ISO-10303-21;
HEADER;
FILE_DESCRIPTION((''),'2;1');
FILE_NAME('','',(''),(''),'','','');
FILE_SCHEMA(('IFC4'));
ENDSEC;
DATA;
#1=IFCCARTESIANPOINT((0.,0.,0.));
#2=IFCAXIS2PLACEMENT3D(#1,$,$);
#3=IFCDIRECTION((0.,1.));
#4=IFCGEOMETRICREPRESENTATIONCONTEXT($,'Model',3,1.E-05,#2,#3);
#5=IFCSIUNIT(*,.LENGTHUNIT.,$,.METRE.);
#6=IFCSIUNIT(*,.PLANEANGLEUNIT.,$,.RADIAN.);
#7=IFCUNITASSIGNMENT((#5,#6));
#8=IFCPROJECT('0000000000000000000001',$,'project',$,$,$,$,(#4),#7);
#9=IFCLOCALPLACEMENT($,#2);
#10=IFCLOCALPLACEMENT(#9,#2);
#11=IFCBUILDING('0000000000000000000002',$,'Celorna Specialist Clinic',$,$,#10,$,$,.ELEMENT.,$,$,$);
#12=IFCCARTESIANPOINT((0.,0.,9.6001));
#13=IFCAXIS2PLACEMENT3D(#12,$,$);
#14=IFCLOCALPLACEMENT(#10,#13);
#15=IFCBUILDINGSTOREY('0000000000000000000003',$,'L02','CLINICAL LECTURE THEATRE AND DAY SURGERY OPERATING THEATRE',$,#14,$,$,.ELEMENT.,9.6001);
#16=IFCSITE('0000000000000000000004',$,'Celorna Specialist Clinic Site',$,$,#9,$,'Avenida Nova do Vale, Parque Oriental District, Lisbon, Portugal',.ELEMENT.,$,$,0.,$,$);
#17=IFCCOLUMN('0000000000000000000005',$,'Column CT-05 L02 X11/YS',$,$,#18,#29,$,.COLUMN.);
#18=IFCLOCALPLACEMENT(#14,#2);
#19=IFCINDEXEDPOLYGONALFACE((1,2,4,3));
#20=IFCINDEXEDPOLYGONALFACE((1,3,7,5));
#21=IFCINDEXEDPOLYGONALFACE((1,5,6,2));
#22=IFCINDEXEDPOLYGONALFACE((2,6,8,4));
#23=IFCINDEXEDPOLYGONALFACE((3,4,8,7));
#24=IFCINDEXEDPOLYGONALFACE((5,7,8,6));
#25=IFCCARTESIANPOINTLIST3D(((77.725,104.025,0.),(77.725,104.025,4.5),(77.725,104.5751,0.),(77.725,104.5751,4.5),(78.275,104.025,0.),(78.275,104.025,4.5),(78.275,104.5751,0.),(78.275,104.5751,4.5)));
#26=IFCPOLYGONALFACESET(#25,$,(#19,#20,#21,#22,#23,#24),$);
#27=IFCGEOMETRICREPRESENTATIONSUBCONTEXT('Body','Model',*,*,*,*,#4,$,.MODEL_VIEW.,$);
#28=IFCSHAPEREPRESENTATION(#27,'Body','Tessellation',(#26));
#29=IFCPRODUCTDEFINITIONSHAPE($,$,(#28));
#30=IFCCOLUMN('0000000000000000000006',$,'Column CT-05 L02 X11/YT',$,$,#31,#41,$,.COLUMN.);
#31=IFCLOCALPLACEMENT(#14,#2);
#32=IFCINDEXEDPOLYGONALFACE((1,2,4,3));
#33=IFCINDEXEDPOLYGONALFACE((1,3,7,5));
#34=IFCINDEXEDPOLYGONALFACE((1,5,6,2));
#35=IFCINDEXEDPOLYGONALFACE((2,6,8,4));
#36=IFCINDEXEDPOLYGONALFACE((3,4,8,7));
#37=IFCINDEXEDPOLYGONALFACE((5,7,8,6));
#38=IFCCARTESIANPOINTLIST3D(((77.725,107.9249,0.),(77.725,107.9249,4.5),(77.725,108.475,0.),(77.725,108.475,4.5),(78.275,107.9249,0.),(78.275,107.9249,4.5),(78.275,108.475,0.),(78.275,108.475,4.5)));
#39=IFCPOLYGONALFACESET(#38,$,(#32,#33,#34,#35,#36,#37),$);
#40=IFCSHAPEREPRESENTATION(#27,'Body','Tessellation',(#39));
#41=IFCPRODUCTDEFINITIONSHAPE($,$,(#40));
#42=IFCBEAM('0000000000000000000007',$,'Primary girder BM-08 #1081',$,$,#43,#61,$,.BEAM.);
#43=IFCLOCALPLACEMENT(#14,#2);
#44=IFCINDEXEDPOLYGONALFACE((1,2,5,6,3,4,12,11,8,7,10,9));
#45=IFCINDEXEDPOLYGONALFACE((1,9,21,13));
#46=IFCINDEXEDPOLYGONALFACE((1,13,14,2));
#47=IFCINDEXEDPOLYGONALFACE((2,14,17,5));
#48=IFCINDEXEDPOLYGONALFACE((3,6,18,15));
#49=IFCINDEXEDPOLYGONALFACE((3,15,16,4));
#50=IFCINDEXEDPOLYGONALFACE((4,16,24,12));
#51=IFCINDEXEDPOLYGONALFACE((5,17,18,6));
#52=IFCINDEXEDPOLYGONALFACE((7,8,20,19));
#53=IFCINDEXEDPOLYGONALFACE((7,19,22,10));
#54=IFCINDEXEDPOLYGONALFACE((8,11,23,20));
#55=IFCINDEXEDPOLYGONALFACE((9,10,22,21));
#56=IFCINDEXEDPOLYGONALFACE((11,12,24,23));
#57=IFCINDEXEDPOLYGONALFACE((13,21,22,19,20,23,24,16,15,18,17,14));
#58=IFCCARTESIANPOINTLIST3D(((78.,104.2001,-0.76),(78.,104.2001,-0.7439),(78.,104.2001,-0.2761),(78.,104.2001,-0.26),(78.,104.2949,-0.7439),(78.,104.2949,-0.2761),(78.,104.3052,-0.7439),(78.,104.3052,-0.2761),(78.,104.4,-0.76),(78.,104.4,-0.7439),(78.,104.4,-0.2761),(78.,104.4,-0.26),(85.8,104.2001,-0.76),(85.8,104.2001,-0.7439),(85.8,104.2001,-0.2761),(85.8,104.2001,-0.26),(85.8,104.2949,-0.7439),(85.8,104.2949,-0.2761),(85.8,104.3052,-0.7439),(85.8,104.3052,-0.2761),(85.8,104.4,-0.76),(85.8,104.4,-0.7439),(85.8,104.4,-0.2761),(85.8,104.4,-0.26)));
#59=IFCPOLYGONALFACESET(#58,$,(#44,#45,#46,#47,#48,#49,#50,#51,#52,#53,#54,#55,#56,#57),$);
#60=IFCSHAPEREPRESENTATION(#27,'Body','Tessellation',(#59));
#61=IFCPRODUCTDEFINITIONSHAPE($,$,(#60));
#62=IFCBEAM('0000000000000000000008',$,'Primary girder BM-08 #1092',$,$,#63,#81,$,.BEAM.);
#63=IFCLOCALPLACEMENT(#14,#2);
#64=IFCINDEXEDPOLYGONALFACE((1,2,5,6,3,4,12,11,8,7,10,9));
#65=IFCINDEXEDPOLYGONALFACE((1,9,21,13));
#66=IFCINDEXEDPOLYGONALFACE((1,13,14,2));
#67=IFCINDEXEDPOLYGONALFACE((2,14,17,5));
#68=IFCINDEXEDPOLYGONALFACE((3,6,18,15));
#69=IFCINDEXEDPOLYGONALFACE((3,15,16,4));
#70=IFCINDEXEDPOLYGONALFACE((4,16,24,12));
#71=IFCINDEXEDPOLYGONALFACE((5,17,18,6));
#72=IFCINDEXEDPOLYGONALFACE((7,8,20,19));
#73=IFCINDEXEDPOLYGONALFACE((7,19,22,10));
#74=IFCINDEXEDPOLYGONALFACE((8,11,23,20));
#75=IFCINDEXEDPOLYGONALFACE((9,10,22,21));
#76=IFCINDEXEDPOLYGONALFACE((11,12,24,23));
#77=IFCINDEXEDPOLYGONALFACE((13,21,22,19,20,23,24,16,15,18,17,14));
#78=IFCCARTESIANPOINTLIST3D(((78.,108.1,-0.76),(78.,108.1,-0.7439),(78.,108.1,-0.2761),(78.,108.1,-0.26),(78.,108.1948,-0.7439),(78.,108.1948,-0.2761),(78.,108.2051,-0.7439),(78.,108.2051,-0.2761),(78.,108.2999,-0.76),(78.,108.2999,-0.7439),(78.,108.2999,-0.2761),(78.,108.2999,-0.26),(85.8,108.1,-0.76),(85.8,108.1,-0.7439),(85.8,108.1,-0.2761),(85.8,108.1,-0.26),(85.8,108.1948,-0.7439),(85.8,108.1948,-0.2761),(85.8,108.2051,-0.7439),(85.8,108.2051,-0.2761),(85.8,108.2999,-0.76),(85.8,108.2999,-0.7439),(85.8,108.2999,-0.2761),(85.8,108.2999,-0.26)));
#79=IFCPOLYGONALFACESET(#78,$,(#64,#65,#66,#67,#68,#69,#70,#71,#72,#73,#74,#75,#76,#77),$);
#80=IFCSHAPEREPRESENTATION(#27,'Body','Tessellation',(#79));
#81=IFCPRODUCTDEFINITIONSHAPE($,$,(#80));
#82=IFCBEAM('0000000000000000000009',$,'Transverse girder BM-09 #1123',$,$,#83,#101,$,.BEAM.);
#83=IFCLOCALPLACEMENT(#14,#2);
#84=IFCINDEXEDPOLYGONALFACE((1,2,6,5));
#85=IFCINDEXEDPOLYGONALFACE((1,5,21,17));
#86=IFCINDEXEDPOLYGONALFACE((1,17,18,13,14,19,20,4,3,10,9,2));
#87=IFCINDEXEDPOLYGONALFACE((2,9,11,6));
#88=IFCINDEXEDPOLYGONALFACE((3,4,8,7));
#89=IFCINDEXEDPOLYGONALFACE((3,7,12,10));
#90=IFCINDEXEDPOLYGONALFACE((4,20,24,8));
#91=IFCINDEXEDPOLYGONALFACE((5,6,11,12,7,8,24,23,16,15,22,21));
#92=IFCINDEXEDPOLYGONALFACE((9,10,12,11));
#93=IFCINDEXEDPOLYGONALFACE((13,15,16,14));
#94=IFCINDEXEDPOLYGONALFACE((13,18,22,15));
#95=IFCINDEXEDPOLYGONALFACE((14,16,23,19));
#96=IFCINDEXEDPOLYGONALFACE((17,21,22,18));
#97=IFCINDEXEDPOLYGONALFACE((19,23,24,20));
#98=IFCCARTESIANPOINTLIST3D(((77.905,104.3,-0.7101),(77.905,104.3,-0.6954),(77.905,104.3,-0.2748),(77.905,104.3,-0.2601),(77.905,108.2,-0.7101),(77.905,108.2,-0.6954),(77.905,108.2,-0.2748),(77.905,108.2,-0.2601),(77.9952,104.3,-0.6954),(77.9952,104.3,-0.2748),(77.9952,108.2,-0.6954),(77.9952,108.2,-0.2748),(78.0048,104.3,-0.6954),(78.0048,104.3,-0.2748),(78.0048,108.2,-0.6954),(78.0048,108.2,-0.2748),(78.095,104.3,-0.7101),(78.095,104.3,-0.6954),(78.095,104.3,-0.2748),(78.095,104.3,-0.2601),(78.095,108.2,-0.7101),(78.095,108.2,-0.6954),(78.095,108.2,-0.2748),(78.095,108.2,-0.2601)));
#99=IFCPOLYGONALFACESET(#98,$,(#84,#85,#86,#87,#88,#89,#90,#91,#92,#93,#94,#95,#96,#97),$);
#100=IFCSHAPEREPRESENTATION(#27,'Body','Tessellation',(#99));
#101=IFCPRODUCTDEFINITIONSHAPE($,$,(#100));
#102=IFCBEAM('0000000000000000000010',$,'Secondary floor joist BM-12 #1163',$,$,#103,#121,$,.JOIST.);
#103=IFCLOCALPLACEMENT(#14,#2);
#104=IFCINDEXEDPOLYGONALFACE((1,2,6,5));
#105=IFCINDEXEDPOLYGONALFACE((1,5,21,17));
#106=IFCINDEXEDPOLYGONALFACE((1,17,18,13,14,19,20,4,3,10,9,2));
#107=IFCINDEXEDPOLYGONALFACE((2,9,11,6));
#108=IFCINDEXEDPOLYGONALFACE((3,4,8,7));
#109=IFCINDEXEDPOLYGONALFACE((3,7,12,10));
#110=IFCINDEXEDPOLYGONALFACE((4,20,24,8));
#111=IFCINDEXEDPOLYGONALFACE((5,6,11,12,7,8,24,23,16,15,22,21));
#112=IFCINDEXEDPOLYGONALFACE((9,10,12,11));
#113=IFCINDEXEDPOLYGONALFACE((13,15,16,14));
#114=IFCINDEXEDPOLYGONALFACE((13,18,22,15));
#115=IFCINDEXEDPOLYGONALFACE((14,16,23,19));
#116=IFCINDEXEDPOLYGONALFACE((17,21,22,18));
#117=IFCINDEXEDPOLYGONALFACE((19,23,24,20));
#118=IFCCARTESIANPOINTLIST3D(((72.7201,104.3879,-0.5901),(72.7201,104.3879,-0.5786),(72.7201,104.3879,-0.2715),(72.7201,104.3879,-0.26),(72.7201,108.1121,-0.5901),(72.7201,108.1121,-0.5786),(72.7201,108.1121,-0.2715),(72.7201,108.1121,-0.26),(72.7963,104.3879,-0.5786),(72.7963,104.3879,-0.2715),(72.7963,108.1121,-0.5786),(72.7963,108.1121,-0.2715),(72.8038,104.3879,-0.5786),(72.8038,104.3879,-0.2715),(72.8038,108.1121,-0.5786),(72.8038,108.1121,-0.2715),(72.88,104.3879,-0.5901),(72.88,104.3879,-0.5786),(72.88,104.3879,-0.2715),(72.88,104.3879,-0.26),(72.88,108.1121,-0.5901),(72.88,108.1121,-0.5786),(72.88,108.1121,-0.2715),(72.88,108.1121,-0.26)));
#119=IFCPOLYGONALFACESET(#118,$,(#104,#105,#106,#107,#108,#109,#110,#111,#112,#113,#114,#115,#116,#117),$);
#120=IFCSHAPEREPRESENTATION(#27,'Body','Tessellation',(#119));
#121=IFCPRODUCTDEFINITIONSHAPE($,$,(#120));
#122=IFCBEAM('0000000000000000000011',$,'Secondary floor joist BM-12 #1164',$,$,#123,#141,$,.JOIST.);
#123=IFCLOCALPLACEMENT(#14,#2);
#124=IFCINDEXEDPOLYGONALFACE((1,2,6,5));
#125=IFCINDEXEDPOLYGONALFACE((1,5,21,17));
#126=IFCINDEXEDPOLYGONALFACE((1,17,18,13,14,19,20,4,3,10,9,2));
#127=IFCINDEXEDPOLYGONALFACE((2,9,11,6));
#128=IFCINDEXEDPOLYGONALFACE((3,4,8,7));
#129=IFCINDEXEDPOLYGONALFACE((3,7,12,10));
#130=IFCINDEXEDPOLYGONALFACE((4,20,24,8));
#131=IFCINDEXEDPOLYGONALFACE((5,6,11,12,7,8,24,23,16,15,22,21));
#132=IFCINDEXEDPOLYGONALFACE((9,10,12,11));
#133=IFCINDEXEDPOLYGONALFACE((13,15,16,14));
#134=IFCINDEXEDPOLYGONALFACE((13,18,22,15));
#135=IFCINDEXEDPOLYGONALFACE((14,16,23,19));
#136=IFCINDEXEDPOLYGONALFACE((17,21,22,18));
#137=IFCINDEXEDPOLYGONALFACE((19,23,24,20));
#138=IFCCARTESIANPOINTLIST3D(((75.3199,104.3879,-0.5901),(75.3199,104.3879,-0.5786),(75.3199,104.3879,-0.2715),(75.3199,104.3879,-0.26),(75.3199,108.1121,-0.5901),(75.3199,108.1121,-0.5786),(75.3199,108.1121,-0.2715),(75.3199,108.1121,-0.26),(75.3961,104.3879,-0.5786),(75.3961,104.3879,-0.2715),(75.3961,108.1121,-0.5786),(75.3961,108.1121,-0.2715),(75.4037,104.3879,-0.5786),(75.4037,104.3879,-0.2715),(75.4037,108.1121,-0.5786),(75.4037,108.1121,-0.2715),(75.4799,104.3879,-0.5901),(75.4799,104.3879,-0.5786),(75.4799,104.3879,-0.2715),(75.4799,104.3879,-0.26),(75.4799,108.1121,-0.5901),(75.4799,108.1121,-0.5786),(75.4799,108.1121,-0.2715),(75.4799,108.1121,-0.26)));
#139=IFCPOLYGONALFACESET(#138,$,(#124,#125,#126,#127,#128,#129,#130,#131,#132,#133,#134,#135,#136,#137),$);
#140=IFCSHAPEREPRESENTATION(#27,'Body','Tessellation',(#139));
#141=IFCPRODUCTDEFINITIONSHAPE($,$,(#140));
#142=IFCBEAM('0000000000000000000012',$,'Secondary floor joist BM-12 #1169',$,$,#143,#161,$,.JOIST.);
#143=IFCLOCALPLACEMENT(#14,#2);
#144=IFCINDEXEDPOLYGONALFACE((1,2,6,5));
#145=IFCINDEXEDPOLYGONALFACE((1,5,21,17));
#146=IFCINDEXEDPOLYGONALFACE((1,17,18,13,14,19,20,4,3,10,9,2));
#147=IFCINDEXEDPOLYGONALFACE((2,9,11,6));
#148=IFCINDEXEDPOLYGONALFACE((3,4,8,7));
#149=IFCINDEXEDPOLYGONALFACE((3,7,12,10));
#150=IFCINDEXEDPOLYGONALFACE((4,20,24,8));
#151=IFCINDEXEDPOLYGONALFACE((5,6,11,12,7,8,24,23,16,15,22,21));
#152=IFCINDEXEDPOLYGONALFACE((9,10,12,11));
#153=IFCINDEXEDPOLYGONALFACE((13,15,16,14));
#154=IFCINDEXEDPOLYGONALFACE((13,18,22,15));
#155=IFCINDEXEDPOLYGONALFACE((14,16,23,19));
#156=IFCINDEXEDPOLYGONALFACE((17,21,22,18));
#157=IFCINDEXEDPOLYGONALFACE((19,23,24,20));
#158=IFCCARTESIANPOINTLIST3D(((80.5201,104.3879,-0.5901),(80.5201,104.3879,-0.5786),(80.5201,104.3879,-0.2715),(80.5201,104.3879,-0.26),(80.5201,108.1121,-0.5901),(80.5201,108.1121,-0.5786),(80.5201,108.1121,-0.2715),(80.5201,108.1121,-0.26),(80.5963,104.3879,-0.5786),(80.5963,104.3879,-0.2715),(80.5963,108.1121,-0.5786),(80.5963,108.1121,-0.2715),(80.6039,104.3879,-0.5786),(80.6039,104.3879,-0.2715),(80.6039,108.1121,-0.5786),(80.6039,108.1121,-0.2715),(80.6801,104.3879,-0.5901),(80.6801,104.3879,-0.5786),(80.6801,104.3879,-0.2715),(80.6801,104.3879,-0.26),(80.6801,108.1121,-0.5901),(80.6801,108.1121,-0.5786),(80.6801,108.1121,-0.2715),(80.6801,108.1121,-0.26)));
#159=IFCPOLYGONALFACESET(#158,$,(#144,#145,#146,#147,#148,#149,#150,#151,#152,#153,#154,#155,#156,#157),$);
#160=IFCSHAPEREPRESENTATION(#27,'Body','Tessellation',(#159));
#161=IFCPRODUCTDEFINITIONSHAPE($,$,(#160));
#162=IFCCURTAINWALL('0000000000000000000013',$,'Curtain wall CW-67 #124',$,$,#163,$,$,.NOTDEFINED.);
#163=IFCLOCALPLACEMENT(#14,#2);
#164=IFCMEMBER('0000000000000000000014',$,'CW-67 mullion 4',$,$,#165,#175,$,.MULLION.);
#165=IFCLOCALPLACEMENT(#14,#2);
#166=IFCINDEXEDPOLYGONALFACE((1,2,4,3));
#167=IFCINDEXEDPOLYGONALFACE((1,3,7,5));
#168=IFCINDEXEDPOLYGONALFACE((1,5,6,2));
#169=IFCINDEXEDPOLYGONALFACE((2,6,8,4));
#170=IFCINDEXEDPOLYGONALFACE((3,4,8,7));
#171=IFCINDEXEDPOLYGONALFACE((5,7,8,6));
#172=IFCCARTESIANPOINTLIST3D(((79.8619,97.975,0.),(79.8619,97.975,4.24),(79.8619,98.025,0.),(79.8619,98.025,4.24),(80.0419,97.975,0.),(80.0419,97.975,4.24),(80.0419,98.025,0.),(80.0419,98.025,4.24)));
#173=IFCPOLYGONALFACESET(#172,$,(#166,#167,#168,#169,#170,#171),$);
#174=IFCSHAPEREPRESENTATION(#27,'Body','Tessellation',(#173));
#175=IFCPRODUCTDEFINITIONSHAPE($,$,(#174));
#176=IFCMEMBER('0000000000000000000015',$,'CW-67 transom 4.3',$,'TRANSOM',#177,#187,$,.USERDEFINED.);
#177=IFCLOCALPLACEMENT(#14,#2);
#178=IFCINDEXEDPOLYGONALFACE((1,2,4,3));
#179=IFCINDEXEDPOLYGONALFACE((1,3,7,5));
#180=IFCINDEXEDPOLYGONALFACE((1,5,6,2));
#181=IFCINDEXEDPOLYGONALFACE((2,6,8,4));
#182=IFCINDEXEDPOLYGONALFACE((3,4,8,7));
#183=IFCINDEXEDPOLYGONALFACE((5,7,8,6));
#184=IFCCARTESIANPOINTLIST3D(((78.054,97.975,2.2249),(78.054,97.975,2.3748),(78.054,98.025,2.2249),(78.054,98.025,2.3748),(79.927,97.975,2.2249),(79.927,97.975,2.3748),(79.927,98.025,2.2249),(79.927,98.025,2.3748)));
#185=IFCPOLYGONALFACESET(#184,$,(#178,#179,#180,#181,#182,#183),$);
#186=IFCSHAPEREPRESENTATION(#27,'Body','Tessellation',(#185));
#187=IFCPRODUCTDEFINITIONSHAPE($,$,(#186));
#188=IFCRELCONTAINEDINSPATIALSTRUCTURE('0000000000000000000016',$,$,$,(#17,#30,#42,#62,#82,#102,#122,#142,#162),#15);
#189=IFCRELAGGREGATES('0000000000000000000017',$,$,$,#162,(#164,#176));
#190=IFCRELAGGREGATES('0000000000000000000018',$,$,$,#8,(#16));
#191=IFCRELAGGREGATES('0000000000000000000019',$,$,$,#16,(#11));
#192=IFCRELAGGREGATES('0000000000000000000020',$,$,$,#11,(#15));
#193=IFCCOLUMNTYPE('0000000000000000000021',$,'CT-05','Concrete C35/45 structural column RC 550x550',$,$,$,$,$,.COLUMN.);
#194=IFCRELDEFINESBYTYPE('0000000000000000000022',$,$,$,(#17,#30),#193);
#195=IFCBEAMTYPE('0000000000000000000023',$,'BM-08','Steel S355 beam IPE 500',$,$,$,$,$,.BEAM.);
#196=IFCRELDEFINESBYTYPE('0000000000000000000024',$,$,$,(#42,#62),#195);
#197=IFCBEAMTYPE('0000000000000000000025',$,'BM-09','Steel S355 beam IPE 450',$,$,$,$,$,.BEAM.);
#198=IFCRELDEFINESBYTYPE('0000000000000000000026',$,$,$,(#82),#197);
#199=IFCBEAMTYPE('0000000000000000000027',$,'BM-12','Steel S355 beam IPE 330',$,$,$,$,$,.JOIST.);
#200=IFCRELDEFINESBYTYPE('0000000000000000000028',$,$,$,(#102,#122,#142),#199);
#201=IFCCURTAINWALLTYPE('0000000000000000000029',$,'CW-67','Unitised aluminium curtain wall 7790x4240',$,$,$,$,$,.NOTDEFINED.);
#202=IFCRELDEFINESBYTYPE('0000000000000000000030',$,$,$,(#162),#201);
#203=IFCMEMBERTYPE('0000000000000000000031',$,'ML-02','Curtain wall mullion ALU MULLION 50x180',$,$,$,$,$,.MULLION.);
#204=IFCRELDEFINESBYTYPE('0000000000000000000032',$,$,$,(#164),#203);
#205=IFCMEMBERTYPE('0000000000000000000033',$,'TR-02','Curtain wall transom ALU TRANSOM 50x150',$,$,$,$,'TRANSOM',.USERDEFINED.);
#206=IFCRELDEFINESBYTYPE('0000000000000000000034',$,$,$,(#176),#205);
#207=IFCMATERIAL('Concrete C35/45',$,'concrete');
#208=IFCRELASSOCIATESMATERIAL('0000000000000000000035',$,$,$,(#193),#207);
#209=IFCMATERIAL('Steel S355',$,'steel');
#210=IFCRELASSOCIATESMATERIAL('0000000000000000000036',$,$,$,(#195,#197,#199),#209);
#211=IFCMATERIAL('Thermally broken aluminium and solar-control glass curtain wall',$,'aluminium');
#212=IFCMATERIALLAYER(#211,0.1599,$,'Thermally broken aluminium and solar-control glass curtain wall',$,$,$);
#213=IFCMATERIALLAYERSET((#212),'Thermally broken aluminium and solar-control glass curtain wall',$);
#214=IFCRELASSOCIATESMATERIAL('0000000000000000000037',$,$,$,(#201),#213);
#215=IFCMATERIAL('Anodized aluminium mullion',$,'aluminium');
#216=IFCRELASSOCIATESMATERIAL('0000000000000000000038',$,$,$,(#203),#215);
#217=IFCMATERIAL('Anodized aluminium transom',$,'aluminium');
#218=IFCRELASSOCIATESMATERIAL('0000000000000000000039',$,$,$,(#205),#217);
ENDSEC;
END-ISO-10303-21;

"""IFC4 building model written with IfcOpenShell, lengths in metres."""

from ifc_helpers import new_model, si_unit, direction, frame, origin, origin_2d, place, context, subcontext, project, spatial, rectangle, i_section, extrude, material, layer, layer_set, material_profile, profile_set, type_object, element, aggregate, save


model = new_model("IFC4")

# Units and contexts
model_context = context("Model", 3, precision=1e-05, world=origin(), true_north=direction((0.0, 1.0)))
body_context = subcontext(model_context, "Body", "Model", "MODEL_VIEW")
ifc_project = project(units=[si_unit("LENGTHUNIT", "METRE"), si_unit("PLANEANGLEUNIT", "RADIAN")], contexts=[model_context])

# Site, building, storey
site_placement = place(None, origin())
site = spatial("IfcSite", under=ifc_project, at=site_placement, Name="Celorna Specialist Clinic Site", LongName="Avenida Nova do Vale, Parque Oriental District, Lisbon, Portugal", CompositionType="ELEMENT", RefElevation=0.0)
building_placement = place(site_placement, origin())
building = spatial("IfcBuilding", under=site, at=building_placement, Name="Celorna Specialist Clinic", CompositionType="ELEMENT")
storey_placement = place(building_placement, frame((0.0, 0.0, 9.6001)))
storey = spatial("IfcBuildingStorey", under=building, at=storey_placement, Name="L02", Description="CLINICAL LECTURE THEATRE AND DAY SURGERY OPERATING THEATRE", CompositionType="ELEMENT", Elevation=9.6001)

# Columns
ifc_material_1 = material(Name="Concrete C35/45", Category="concrete")
ifc_material_profile_1 = material_profile(ifc_material_1, rectangle(XDim=0.55, YDim=0.55, at=origin_2d()), Name="RC 550x550")
ifc_profile_set_1 = profile_set([ifc_material_profile_1], Name="Concrete C35/45")
column_type = type_object("IfcColumnType", Name="CT-05", Description="Concrete C35/45 structural column RC 550x550", PredefinedType="COLUMN", material=ifc_profile_set_1)
for number, where, z_axis, x_axis, name in (
    (1, (78.0, 104.3, 0.0), (0.0, 0.0, 1.0), (1.0, 0.0, 0.0), "Column CT-05 L02 X11/YS"),
    (2, (78.0, 108.2, 0.0), (0.0, 0.0, 1.0), (1.0, 0.0, 0.0), "Column CT-05 L02 X11/YT"),
):
    element("IfcColumn", number, at=place(storey_placement, frame(where, z_axis=z_axis, x_axis=x_axis)), inside=storey, type_object=column_type, Name=name, PredefinedType="COLUMN", context=body_context, shape_type="SweptSolid", body=[
        extrude(rectangle(XDim=0.55, YDim=0.55, at=origin_2d()), origin(), (0.0, 0.0, 1.0), 4.5),
    ])

# Beams
ifc_material_2 = material(Name="Steel S355", Category="steel")
ifc_material_profile_2 = material_profile(ifc_material_2, i_section(OverallWidth=0.2, OverallDepth=0.5, WebThickness=0.0103, FlangeThickness=0.0161, at=origin_2d()), Name="IPE 500")
ifc_profile_set_2 = profile_set([ifc_material_profile_2], Name="Steel S355")
beam_type_1 = type_object("IfcBeamType", Name="BM-08", Description="Steel S355 beam IPE 500", PredefinedType="BEAM", material=ifc_profile_set_2)
for number, where, z_axis, x_axis, name in (
    (3, (78.0, 104.3, -0.51), (1.0, 0.0, 0.0), (0.0, 1.0, 0.0), "Primary girder BM-08 #1081"),
    (4, (78.0, 108.2, -0.51), (1.0, 0.0, 0.0), (0.0, 1.0, 0.0), "Primary girder BM-08 #1092"),
):
    element("IfcBeam", number, at=place(storey_placement, frame(where, z_axis=z_axis, x_axis=x_axis)), inside=storey, type_object=beam_type_1, Name=name, PredefinedType="BEAM", context=body_context, shape_type="SweptSolid", body=[
        extrude(i_section(OverallWidth=0.2, OverallDepth=0.5, WebThickness=0.0103, FlangeThickness=0.0161, at=origin_2d()), origin(), (0.0, 0.0, 1.0), 7.8),
    ])
ifc_material_profile_3 = material_profile(ifc_material_2, i_section(OverallWidth=0.1899, OverallDepth=0.45, WebThickness=0.0095, FlangeThickness=0.0146, at=origin_2d()), Name="IPE 450")
ifc_profile_set_3 = profile_set([ifc_material_profile_3], Name="Steel S355")
beam_type_2 = type_object("IfcBeamType", Name="BM-09", Description="Steel S355 beam IPE 450", PredefinedType="BEAM", material=ifc_profile_set_3)
beam_placement = place(storey_placement, frame((78.0, 104.3, -0.4851), z_axis=(0.0, 1.0, 0.0), x_axis=(-1.0, 0.0, 0.0)))
element("IfcBeam", 5, at=beam_placement, inside=storey, type_object=beam_type_2, Name="Transverse girder BM-09 #1123", PredefinedType="BEAM", context=body_context, shape_type="SweptSolid", body=[
    extrude(i_section(OverallWidth=0.1899, OverallDepth=0.45, WebThickness=0.0095, FlangeThickness=0.0146, at=origin_2d()), origin(), (0.0, 0.0, 1.0), 3.8999),
])
ifc_material_profile_4 = material_profile(ifc_material_2, i_section(OverallWidth=0.1599, OverallDepth=0.3301, WebThickness=0.0076, FlangeThickness=0.0115, at=origin_2d()), Name="IPE 330")
ifc_profile_set_4 = profile_set([ifc_material_profile_4], Name="Steel S355")
beam_type_3 = type_object("IfcBeamType", Name="BM-12", Description="Steel S355 beam IPE 330", PredefinedType="JOIST", material=ifc_profile_set_4)
for number, where, z_axis, x_axis, name in (
    (6, (72.8, 104.3879, -0.425), (0.0, 1.0, 0.0), (-1.0, 0.0, 0.0), "Secondary floor joist BM-12 #1163"),
    (7, (75.3999, 104.3879, -0.425), (0.0, 1.0, 0.0), (-1.0, 0.0, 0.0), "Secondary floor joist BM-12 #1164"),
    (8, (80.6001, 104.3879, -0.425), (0.0, 1.0, 0.0), (-1.0, 0.0, 0.0), "Secondary floor joist BM-12 #1169"),
):
    element("IfcBeam", number, at=place(storey_placement, frame(where, z_axis=z_axis, x_axis=x_axis)), inside=storey, type_object=beam_type_3, Name=name, PredefinedType="JOIST", context=body_context, shape_type="SweptSolid", body=[
        extrude(i_section(OverallWidth=0.1599, OverallDepth=0.3301, WebThickness=0.0076, FlangeThickness=0.0115, at=origin_2d()), origin(), (0.0, 0.0, 1.0), 3.7241),
    ])

# Curtain wall, members
ifc_material_3 = material(Name="Thermally broken aluminium and solar-control glass curtain wall", Category="aluminium")
ifc_layer_1 = layer(ifc_material_3, 0.1599, Name="Thermally broken aluminium and solar-control glass curtain wall")
ifc_layer_set_1 = layer_set([ifc_layer_1], Name="Thermally broken aluminium and solar-control glass curtain wall")
curtain_wall_type = type_object("IfcCurtainWallType", Name="CW-67", Description="Unitised aluminium curtain wall 7790x4240", PredefinedType="NOTDEFINED", material=ifc_layer_set_1)
curtain_wall_placement = place(storey_placement, origin())
curtain_wall = element("IfcCurtainWall", 9, at=curtain_wall_placement, inside=storey, type_object=curtain_wall_type, Name="Curtain wall CW-67 #124", PredefinedType="NOTDEFINED")
ifc_material_4 = material(Name="Anodized aluminium mullion", Category="aluminium")
ifc_material_profile_5 = material_profile(ifc_material_4, rectangle(XDim=0.05, YDim=0.1799, at=origin_2d()), Name="ALU MULLION 50x180")
ifc_profile_set_5 = profile_set([ifc_material_profile_5], Name="Anodized aluminium mullion")
member_type_1 = type_object("IfcMemberType", Name="ML-02", Description="Curtain wall mullion ALU MULLION 50x180", PredefinedType="MULLION", material=ifc_profile_set_5)
member_1_placement = place(storey_placement, frame((79.9519, 98.0, 0.0), z_axis=(0.0, 0.0, 1.0), x_axis=(0.0, -1.0, 0.0)))
member_1 = element("IfcMember", 10, at=member_1_placement, type_object=member_type_1, Name="CW-67 mullion 4", PredefinedType="MULLION", context=body_context, shape_type="SweptSolid", body=[
    extrude(rectangle(XDim=0.05, YDim=0.1799, at=origin_2d()), origin(), (0.0, 0.0, 1.0), 4.24),
])
ifc_material_5 = material(Name="Anodized aluminium transom", Category="aluminium")
ifc_material_profile_6 = material_profile(ifc_material_5, rectangle(XDim=0.05, YDim=0.1499, at=origin_2d()), Name="ALU TRANSOM 50x150")
ifc_profile_set_6 = profile_set([ifc_material_profile_6], Name="Anodized aluminium transom")
member_type_2 = type_object("IfcMemberType", Name="TR-02", Description="Curtain wall transom ALU TRANSOM 50x150", ElementType="TRANSOM", PredefinedType="USERDEFINED", material=ifc_profile_set_6)
member_2_placement = place(storey_placement, frame((79.927, 98.0, 2.2998), z_axis=(-1.0, 0.0, 0.0), x_axis=(0.0, -1.0, 0.0)))
member_2 = element("IfcMember", 11, at=member_2_placement, type_object=member_type_2, Name="CW-67 transom 4.3", ObjectType="TRANSOM", PredefinedType="USERDEFINED", context=body_context, shape_type="SweptSolid", body=[
    extrude(rectangle(XDim=0.05, YDim=0.1499, at=origin_2d()), origin(), (0.0, 0.0, 1.0), 1.873),
])
aggregate(curtain_wall, [member_1, member_2])

save(model, "model.ifc")
